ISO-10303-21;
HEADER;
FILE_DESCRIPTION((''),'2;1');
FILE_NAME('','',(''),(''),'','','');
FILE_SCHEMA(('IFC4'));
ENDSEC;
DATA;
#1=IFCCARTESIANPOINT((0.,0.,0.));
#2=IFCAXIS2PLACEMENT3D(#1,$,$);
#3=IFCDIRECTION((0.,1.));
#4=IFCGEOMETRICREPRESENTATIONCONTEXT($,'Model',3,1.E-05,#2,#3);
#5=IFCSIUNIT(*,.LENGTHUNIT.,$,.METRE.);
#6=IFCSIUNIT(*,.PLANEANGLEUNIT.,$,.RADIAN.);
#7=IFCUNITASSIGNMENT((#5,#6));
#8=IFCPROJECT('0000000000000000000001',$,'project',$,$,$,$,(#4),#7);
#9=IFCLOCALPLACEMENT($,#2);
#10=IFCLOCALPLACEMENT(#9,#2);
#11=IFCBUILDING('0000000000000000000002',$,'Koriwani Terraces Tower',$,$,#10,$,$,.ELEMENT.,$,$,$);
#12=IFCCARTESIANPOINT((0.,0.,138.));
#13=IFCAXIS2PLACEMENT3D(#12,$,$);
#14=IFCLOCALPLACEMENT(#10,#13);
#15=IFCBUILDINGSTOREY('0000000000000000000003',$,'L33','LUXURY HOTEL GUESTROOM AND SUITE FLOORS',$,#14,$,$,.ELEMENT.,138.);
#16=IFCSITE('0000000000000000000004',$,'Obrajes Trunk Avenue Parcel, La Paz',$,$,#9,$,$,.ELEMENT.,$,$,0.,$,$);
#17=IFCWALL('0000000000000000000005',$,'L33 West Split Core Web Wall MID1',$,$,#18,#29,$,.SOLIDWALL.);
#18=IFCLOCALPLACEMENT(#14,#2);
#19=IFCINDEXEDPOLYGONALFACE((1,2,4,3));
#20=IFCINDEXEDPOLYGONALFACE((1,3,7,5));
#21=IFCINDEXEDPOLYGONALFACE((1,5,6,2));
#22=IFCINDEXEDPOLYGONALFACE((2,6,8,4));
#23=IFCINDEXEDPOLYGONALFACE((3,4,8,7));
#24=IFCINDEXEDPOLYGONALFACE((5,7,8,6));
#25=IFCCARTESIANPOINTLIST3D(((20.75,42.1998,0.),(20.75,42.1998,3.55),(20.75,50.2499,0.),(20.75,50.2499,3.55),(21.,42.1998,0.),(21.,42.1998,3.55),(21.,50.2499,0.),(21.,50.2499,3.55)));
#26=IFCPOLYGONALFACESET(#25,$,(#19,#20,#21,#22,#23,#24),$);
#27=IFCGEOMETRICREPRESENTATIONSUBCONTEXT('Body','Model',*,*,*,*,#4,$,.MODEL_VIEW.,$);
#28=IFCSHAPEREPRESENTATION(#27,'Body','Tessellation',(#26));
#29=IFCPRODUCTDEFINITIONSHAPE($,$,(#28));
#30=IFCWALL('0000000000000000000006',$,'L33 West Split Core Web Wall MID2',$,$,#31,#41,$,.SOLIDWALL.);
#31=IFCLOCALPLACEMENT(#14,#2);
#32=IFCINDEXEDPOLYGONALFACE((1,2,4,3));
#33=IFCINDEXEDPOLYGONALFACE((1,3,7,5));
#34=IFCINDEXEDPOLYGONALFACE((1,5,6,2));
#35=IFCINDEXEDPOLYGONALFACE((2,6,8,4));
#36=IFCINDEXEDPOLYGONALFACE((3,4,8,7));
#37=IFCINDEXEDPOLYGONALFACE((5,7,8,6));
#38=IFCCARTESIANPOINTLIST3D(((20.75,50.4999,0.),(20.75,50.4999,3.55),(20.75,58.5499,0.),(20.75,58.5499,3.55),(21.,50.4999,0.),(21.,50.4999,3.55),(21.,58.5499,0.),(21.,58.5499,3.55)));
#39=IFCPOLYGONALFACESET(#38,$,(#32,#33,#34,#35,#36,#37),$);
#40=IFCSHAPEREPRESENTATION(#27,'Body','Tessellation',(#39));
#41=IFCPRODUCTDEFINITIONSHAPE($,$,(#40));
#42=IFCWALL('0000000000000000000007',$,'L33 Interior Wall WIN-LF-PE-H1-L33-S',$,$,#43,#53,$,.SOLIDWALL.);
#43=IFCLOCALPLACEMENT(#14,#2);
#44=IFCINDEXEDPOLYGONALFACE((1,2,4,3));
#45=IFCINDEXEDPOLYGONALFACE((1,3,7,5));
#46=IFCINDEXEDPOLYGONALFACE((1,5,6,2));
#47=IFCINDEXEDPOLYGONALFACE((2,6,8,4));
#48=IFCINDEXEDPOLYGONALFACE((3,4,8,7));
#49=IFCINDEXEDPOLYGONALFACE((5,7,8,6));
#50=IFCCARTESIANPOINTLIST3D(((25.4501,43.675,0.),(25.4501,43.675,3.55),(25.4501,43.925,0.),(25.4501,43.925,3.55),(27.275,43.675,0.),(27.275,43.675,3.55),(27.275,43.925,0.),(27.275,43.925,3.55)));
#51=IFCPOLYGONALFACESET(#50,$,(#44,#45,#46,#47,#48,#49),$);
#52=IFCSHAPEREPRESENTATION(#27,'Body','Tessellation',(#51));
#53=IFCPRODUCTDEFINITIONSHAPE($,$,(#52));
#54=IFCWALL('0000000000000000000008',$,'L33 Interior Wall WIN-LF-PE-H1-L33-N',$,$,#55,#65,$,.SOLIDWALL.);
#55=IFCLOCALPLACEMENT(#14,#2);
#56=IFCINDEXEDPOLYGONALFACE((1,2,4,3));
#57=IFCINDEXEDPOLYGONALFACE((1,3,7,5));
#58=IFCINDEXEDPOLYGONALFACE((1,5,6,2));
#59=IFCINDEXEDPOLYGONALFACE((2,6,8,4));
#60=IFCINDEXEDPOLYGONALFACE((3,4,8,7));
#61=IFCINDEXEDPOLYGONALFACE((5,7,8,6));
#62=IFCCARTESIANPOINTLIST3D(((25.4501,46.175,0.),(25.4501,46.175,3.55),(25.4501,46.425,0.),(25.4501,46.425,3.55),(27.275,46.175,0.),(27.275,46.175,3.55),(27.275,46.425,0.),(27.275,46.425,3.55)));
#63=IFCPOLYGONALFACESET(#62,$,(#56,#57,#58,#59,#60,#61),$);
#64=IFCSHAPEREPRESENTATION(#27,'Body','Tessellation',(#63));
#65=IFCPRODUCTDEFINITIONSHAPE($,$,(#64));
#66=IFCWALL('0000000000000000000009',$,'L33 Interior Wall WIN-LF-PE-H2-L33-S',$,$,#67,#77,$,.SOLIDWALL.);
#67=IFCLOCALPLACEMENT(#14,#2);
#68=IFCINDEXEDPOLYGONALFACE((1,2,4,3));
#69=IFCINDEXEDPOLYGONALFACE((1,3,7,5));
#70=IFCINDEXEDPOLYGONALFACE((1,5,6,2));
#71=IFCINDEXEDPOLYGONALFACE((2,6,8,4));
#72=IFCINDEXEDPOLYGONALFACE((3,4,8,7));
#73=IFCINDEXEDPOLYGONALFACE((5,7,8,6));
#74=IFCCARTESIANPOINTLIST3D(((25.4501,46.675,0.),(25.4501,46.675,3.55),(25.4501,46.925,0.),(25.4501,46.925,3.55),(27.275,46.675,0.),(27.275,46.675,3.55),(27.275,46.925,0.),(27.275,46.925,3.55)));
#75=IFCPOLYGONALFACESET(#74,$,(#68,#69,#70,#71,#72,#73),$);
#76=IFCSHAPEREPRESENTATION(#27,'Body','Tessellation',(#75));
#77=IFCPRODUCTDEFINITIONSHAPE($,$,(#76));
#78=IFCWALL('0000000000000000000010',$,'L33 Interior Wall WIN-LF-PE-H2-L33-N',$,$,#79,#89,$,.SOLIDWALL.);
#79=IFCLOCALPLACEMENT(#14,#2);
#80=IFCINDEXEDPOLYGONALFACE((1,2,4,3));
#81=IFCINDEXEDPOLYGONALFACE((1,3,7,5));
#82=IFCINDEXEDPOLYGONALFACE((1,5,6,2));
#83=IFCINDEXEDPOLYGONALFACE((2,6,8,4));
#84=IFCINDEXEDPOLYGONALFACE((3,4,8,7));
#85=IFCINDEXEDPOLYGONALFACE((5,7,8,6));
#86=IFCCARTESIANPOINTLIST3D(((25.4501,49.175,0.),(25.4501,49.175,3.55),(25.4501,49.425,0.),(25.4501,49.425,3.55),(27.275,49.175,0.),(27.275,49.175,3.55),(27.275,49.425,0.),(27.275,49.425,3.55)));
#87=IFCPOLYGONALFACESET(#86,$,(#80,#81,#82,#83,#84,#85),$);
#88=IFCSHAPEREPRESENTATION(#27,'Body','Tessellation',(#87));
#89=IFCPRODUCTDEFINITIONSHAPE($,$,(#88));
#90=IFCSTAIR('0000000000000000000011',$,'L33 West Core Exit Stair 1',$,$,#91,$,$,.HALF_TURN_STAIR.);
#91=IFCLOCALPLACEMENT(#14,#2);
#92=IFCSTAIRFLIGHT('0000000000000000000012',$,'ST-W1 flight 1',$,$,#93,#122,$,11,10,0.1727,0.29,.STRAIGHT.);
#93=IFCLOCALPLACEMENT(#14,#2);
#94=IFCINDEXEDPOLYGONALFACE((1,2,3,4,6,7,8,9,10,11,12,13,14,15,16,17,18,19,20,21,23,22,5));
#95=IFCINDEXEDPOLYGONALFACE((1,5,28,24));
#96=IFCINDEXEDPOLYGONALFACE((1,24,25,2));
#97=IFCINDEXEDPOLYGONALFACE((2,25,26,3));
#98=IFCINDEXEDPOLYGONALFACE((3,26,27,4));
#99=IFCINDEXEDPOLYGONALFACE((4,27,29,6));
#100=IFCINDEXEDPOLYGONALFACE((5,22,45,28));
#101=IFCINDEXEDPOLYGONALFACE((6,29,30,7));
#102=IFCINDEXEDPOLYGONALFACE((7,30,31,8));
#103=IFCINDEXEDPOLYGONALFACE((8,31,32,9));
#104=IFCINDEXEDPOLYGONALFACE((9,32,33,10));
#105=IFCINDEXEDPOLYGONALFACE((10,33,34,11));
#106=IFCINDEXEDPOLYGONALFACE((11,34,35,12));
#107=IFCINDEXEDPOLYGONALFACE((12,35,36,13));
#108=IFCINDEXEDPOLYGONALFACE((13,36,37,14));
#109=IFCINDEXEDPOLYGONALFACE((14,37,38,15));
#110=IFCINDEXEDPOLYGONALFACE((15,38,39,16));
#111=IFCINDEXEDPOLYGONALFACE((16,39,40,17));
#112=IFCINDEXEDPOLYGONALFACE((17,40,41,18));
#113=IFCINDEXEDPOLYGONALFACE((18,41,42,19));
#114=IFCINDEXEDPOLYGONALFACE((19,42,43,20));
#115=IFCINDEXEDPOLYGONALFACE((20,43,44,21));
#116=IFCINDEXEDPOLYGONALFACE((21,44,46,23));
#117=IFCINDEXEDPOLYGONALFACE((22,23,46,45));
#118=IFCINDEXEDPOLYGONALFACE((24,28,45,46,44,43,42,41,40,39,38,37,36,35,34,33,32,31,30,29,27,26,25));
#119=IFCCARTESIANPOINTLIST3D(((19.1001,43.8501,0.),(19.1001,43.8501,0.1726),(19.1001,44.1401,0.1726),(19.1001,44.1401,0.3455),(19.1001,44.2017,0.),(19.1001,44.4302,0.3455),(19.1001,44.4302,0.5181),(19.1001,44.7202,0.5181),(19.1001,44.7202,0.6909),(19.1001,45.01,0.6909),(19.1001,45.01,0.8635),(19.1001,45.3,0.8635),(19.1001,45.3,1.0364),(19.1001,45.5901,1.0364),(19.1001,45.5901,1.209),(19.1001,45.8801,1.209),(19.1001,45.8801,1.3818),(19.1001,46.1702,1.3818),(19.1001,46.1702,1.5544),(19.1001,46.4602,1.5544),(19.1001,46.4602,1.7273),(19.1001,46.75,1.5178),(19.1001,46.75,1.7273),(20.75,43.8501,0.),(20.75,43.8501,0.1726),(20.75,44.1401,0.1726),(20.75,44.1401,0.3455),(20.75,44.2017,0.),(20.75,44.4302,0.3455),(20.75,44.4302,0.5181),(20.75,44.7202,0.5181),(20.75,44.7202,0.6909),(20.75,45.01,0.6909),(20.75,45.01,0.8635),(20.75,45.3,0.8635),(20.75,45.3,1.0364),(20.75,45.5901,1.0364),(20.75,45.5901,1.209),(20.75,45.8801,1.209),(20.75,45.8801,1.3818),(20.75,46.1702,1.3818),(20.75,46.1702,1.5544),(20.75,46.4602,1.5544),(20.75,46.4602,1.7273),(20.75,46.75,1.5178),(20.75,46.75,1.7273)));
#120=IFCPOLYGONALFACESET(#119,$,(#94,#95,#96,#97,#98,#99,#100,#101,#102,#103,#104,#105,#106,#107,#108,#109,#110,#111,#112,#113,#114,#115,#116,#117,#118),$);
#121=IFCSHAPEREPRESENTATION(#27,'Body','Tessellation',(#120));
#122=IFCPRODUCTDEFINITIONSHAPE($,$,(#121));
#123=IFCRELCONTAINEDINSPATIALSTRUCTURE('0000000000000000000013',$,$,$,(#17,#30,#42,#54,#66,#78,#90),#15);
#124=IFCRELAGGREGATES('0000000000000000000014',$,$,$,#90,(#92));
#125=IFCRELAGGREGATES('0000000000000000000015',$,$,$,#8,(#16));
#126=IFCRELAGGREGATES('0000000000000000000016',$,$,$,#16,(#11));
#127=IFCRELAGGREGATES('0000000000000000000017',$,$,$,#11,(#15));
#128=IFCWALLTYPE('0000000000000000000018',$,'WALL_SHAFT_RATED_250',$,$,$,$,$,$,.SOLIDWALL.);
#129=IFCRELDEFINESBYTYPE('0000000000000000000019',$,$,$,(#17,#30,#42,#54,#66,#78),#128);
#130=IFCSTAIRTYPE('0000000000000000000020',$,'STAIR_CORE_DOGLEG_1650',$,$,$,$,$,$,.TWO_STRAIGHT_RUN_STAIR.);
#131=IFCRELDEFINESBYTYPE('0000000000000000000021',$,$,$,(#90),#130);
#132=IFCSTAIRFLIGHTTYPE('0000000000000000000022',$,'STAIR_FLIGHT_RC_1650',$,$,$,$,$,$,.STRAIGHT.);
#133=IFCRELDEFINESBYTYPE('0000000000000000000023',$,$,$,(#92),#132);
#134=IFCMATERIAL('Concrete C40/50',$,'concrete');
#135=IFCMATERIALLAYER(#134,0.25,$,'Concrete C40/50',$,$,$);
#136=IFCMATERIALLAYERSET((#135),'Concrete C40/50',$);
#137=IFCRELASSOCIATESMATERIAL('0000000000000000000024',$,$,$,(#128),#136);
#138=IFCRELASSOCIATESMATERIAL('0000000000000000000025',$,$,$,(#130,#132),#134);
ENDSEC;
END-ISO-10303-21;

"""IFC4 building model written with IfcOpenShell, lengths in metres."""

from ifc_helpers import new_model, si_unit, direction, frame, frame_2d, origin, place, context, subcontext, project, spatial, polyline, rectangle, outline, extrude, material, layer, layer_set, type_object, element, aggregate, save


model = new_model("IFC4")

# Units and contexts
model_context = context("Model", 3, precision=1e-05, world=origin(), true_north=direction((0.0, 1.0)))
body_context = subcontext(model_context, "Body", "Model", "MODEL_VIEW")
ifc_project = project(units=[si_unit("LENGTHUNIT", "METRE"), si_unit("PLANEANGLEUNIT", "RADIAN")], contexts=[model_context])

# Site, building, storey
site_placement = place(None, origin())
site = spatial("IfcSite", under=ifc_project, at=site_placement, Name="Obrajes Trunk Avenue Parcel, La Paz", CompositionType="ELEMENT", RefElevation=0.0)
building_placement = place(site_placement, origin())
building = spatial("IfcBuilding", under=site, at=building_placement, Name="Koriwani Terraces Tower", CompositionType="ELEMENT")
storey_placement = place(building_placement, frame((0.0, 0.0, 138.0)))
storey = spatial("IfcBuildingStorey", under=building, at=storey_placement, Name="L33", Description="LUXURY HOTEL GUESTROOM AND SUITE FLOORS", CompositionType="ELEMENT", Elevation=138.0)

# Walls
ifc_material_1 = material(Name="Concrete C40/50", Category="concrete")
ifc_layer_1 = layer(ifc_material_1, 0.25, Name="Concrete C40/50")
ifc_layer_set_1 = layer_set([ifc_layer_1], Name="Concrete C40/50")
wall_type_1 = type_object("IfcWallType", Name="WALL_SHAFT_RATED_250", PredefinedType="SOLIDWALL", material=ifc_layer_set_1)
for number, where, z_axis, x_axis, name in (
    (1, (20.875, 42.2, 0.0), (0.0, 0.0, 1.0), (0.0, 1.0, 0.0), "L33 West Split Core Web Wall MID1"),
    (2, (20.875, 50.5, 0.0), (0.0, 0.0, 1.0), (0.0, 1.0, 0.0), "L33 West Split Core Web Wall MID2"),
):
    element("IfcWall", number, at=place(storey_placement, frame(where, z_axis=z_axis, x_axis=x_axis)), inside=storey, type_object=wall_type_1, Name=name, PredefinedType="SOLIDWALL", context=body_context, shape_type="SweptSolid", body=[
        extrude(rectangle(XDim=8.05, YDim=0.25, at=frame_2d((4.0249, 0.0))), origin(), (0.0, 0.0, 1.0), 3.55),
    ])

# Walls
for number, where, z_axis, x_axis, name in (
    (3, (25.45, 43.8, 0.0), (0.0, 0.0, 1.0), (1.0, 0.0, 0.0), "L33 Interior Wall WIN-LF-PE-H1-L33-S"),
    (4, (25.45, 46.3, 0.0), (0.0, 0.0, 1.0), (1.0, 0.0, 0.0), "L33 Interior Wall WIN-LF-PE-H1-L33-N"),
    (5, (25.45, 46.8, 0.0), (0.0, 0.0, 1.0), (1.0, 0.0, 0.0), "L33 Interior Wall WIN-LF-PE-H2-L33-S"),
    (6, (25.45, 49.3, 0.0), (0.0, 0.0, 1.0), (1.0, 0.0, 0.0), "L33 Interior Wall WIN-LF-PE-H2-L33-N"),
):
    element("IfcWall", number, at=place(storey_placement, frame(where, z_axis=z_axis, x_axis=x_axis)), inside=storey, type_object=wall_type_1, Name=name, PredefinedType="SOLIDWALL", context=body_context, shape_type="SweptSolid", body=[
        extrude(rectangle(XDim=1.825, YDim=0.25, at=frame_2d((0.9126, 0.0))), origin(), (0.0, 0.0, 1.0), 3.55),
    ])

# Stair, stair flight
stair_type = type_object("IfcStairType", Name="STAIR_CORE_DOGLEG_1650", PredefinedType="TWO_STRAIGHT_RUN_STAIR", material=ifc_material_1)
stair_placement = place(storey_placement, origin())
stair = element("IfcStair", 7, at=stair_placement, inside=storey, type_object=stair_type, Name="L33 West Core Exit Stair 1", PredefinedType="HALF_TURN_STAIR")
stair_flight_type = type_object("IfcStairFlightType", Name="STAIR_FLIGHT_RC_1650", PredefinedType="STRAIGHT", material=ifc_material_1)
stair_flight_placement = place(storey_placement, frame((19.925, 43.8501, 0.0), z_axis=(0.0, 0.0, 1.0), x_axis=(0.0, 1.0, 0.0)))
stair_flight = element("IfcStairFlight", 8, at=stair_flight_placement, type_object=stair_flight_type, Name="ST-W1 flight 1", NumberOfRisers=11, NumberOfTreads=10, PredefinedType="STRAIGHT", RiserHeight=0.1727, TreadLength=0.29, context=body_context, shape_type="SweptSolid", body=[
    extrude(outline(polyline([(0.0, 0.0), (0.0, 0.1726), (0.29, 0.1726), (0.29, 0.3455), (0.5801, 0.3455), (0.5801, 0.5181), (0.8701, 0.5181), (0.8701, 0.6909), (1.1599, 0.6909), (1.1599, 0.8635), (1.45, 0.8635), (1.45, 1.0364), (1.74, 1.0364), (1.74, 1.209), (2.03, 1.209), (2.03, 1.3818), (2.3201, 1.3818), (2.3201, 1.5544), (2.6101, 1.5544), (2.6101, 1.7273), (2.8999, 1.7273), (2.8999, 1.8999), (2.8999, 1.5178), (0.3516, 0.0), (0.0, 0.0)])), frame((0.0, 0.825, 0.0), z_axis=(0.0, -1.0, 0.0), x_axis=(1.0, 0.0, 0.0)), (0.0, 0.0, 1.0), 1.6499),
])
aggregate(stair, [stair_flight])

save(model, "model.ifc")
